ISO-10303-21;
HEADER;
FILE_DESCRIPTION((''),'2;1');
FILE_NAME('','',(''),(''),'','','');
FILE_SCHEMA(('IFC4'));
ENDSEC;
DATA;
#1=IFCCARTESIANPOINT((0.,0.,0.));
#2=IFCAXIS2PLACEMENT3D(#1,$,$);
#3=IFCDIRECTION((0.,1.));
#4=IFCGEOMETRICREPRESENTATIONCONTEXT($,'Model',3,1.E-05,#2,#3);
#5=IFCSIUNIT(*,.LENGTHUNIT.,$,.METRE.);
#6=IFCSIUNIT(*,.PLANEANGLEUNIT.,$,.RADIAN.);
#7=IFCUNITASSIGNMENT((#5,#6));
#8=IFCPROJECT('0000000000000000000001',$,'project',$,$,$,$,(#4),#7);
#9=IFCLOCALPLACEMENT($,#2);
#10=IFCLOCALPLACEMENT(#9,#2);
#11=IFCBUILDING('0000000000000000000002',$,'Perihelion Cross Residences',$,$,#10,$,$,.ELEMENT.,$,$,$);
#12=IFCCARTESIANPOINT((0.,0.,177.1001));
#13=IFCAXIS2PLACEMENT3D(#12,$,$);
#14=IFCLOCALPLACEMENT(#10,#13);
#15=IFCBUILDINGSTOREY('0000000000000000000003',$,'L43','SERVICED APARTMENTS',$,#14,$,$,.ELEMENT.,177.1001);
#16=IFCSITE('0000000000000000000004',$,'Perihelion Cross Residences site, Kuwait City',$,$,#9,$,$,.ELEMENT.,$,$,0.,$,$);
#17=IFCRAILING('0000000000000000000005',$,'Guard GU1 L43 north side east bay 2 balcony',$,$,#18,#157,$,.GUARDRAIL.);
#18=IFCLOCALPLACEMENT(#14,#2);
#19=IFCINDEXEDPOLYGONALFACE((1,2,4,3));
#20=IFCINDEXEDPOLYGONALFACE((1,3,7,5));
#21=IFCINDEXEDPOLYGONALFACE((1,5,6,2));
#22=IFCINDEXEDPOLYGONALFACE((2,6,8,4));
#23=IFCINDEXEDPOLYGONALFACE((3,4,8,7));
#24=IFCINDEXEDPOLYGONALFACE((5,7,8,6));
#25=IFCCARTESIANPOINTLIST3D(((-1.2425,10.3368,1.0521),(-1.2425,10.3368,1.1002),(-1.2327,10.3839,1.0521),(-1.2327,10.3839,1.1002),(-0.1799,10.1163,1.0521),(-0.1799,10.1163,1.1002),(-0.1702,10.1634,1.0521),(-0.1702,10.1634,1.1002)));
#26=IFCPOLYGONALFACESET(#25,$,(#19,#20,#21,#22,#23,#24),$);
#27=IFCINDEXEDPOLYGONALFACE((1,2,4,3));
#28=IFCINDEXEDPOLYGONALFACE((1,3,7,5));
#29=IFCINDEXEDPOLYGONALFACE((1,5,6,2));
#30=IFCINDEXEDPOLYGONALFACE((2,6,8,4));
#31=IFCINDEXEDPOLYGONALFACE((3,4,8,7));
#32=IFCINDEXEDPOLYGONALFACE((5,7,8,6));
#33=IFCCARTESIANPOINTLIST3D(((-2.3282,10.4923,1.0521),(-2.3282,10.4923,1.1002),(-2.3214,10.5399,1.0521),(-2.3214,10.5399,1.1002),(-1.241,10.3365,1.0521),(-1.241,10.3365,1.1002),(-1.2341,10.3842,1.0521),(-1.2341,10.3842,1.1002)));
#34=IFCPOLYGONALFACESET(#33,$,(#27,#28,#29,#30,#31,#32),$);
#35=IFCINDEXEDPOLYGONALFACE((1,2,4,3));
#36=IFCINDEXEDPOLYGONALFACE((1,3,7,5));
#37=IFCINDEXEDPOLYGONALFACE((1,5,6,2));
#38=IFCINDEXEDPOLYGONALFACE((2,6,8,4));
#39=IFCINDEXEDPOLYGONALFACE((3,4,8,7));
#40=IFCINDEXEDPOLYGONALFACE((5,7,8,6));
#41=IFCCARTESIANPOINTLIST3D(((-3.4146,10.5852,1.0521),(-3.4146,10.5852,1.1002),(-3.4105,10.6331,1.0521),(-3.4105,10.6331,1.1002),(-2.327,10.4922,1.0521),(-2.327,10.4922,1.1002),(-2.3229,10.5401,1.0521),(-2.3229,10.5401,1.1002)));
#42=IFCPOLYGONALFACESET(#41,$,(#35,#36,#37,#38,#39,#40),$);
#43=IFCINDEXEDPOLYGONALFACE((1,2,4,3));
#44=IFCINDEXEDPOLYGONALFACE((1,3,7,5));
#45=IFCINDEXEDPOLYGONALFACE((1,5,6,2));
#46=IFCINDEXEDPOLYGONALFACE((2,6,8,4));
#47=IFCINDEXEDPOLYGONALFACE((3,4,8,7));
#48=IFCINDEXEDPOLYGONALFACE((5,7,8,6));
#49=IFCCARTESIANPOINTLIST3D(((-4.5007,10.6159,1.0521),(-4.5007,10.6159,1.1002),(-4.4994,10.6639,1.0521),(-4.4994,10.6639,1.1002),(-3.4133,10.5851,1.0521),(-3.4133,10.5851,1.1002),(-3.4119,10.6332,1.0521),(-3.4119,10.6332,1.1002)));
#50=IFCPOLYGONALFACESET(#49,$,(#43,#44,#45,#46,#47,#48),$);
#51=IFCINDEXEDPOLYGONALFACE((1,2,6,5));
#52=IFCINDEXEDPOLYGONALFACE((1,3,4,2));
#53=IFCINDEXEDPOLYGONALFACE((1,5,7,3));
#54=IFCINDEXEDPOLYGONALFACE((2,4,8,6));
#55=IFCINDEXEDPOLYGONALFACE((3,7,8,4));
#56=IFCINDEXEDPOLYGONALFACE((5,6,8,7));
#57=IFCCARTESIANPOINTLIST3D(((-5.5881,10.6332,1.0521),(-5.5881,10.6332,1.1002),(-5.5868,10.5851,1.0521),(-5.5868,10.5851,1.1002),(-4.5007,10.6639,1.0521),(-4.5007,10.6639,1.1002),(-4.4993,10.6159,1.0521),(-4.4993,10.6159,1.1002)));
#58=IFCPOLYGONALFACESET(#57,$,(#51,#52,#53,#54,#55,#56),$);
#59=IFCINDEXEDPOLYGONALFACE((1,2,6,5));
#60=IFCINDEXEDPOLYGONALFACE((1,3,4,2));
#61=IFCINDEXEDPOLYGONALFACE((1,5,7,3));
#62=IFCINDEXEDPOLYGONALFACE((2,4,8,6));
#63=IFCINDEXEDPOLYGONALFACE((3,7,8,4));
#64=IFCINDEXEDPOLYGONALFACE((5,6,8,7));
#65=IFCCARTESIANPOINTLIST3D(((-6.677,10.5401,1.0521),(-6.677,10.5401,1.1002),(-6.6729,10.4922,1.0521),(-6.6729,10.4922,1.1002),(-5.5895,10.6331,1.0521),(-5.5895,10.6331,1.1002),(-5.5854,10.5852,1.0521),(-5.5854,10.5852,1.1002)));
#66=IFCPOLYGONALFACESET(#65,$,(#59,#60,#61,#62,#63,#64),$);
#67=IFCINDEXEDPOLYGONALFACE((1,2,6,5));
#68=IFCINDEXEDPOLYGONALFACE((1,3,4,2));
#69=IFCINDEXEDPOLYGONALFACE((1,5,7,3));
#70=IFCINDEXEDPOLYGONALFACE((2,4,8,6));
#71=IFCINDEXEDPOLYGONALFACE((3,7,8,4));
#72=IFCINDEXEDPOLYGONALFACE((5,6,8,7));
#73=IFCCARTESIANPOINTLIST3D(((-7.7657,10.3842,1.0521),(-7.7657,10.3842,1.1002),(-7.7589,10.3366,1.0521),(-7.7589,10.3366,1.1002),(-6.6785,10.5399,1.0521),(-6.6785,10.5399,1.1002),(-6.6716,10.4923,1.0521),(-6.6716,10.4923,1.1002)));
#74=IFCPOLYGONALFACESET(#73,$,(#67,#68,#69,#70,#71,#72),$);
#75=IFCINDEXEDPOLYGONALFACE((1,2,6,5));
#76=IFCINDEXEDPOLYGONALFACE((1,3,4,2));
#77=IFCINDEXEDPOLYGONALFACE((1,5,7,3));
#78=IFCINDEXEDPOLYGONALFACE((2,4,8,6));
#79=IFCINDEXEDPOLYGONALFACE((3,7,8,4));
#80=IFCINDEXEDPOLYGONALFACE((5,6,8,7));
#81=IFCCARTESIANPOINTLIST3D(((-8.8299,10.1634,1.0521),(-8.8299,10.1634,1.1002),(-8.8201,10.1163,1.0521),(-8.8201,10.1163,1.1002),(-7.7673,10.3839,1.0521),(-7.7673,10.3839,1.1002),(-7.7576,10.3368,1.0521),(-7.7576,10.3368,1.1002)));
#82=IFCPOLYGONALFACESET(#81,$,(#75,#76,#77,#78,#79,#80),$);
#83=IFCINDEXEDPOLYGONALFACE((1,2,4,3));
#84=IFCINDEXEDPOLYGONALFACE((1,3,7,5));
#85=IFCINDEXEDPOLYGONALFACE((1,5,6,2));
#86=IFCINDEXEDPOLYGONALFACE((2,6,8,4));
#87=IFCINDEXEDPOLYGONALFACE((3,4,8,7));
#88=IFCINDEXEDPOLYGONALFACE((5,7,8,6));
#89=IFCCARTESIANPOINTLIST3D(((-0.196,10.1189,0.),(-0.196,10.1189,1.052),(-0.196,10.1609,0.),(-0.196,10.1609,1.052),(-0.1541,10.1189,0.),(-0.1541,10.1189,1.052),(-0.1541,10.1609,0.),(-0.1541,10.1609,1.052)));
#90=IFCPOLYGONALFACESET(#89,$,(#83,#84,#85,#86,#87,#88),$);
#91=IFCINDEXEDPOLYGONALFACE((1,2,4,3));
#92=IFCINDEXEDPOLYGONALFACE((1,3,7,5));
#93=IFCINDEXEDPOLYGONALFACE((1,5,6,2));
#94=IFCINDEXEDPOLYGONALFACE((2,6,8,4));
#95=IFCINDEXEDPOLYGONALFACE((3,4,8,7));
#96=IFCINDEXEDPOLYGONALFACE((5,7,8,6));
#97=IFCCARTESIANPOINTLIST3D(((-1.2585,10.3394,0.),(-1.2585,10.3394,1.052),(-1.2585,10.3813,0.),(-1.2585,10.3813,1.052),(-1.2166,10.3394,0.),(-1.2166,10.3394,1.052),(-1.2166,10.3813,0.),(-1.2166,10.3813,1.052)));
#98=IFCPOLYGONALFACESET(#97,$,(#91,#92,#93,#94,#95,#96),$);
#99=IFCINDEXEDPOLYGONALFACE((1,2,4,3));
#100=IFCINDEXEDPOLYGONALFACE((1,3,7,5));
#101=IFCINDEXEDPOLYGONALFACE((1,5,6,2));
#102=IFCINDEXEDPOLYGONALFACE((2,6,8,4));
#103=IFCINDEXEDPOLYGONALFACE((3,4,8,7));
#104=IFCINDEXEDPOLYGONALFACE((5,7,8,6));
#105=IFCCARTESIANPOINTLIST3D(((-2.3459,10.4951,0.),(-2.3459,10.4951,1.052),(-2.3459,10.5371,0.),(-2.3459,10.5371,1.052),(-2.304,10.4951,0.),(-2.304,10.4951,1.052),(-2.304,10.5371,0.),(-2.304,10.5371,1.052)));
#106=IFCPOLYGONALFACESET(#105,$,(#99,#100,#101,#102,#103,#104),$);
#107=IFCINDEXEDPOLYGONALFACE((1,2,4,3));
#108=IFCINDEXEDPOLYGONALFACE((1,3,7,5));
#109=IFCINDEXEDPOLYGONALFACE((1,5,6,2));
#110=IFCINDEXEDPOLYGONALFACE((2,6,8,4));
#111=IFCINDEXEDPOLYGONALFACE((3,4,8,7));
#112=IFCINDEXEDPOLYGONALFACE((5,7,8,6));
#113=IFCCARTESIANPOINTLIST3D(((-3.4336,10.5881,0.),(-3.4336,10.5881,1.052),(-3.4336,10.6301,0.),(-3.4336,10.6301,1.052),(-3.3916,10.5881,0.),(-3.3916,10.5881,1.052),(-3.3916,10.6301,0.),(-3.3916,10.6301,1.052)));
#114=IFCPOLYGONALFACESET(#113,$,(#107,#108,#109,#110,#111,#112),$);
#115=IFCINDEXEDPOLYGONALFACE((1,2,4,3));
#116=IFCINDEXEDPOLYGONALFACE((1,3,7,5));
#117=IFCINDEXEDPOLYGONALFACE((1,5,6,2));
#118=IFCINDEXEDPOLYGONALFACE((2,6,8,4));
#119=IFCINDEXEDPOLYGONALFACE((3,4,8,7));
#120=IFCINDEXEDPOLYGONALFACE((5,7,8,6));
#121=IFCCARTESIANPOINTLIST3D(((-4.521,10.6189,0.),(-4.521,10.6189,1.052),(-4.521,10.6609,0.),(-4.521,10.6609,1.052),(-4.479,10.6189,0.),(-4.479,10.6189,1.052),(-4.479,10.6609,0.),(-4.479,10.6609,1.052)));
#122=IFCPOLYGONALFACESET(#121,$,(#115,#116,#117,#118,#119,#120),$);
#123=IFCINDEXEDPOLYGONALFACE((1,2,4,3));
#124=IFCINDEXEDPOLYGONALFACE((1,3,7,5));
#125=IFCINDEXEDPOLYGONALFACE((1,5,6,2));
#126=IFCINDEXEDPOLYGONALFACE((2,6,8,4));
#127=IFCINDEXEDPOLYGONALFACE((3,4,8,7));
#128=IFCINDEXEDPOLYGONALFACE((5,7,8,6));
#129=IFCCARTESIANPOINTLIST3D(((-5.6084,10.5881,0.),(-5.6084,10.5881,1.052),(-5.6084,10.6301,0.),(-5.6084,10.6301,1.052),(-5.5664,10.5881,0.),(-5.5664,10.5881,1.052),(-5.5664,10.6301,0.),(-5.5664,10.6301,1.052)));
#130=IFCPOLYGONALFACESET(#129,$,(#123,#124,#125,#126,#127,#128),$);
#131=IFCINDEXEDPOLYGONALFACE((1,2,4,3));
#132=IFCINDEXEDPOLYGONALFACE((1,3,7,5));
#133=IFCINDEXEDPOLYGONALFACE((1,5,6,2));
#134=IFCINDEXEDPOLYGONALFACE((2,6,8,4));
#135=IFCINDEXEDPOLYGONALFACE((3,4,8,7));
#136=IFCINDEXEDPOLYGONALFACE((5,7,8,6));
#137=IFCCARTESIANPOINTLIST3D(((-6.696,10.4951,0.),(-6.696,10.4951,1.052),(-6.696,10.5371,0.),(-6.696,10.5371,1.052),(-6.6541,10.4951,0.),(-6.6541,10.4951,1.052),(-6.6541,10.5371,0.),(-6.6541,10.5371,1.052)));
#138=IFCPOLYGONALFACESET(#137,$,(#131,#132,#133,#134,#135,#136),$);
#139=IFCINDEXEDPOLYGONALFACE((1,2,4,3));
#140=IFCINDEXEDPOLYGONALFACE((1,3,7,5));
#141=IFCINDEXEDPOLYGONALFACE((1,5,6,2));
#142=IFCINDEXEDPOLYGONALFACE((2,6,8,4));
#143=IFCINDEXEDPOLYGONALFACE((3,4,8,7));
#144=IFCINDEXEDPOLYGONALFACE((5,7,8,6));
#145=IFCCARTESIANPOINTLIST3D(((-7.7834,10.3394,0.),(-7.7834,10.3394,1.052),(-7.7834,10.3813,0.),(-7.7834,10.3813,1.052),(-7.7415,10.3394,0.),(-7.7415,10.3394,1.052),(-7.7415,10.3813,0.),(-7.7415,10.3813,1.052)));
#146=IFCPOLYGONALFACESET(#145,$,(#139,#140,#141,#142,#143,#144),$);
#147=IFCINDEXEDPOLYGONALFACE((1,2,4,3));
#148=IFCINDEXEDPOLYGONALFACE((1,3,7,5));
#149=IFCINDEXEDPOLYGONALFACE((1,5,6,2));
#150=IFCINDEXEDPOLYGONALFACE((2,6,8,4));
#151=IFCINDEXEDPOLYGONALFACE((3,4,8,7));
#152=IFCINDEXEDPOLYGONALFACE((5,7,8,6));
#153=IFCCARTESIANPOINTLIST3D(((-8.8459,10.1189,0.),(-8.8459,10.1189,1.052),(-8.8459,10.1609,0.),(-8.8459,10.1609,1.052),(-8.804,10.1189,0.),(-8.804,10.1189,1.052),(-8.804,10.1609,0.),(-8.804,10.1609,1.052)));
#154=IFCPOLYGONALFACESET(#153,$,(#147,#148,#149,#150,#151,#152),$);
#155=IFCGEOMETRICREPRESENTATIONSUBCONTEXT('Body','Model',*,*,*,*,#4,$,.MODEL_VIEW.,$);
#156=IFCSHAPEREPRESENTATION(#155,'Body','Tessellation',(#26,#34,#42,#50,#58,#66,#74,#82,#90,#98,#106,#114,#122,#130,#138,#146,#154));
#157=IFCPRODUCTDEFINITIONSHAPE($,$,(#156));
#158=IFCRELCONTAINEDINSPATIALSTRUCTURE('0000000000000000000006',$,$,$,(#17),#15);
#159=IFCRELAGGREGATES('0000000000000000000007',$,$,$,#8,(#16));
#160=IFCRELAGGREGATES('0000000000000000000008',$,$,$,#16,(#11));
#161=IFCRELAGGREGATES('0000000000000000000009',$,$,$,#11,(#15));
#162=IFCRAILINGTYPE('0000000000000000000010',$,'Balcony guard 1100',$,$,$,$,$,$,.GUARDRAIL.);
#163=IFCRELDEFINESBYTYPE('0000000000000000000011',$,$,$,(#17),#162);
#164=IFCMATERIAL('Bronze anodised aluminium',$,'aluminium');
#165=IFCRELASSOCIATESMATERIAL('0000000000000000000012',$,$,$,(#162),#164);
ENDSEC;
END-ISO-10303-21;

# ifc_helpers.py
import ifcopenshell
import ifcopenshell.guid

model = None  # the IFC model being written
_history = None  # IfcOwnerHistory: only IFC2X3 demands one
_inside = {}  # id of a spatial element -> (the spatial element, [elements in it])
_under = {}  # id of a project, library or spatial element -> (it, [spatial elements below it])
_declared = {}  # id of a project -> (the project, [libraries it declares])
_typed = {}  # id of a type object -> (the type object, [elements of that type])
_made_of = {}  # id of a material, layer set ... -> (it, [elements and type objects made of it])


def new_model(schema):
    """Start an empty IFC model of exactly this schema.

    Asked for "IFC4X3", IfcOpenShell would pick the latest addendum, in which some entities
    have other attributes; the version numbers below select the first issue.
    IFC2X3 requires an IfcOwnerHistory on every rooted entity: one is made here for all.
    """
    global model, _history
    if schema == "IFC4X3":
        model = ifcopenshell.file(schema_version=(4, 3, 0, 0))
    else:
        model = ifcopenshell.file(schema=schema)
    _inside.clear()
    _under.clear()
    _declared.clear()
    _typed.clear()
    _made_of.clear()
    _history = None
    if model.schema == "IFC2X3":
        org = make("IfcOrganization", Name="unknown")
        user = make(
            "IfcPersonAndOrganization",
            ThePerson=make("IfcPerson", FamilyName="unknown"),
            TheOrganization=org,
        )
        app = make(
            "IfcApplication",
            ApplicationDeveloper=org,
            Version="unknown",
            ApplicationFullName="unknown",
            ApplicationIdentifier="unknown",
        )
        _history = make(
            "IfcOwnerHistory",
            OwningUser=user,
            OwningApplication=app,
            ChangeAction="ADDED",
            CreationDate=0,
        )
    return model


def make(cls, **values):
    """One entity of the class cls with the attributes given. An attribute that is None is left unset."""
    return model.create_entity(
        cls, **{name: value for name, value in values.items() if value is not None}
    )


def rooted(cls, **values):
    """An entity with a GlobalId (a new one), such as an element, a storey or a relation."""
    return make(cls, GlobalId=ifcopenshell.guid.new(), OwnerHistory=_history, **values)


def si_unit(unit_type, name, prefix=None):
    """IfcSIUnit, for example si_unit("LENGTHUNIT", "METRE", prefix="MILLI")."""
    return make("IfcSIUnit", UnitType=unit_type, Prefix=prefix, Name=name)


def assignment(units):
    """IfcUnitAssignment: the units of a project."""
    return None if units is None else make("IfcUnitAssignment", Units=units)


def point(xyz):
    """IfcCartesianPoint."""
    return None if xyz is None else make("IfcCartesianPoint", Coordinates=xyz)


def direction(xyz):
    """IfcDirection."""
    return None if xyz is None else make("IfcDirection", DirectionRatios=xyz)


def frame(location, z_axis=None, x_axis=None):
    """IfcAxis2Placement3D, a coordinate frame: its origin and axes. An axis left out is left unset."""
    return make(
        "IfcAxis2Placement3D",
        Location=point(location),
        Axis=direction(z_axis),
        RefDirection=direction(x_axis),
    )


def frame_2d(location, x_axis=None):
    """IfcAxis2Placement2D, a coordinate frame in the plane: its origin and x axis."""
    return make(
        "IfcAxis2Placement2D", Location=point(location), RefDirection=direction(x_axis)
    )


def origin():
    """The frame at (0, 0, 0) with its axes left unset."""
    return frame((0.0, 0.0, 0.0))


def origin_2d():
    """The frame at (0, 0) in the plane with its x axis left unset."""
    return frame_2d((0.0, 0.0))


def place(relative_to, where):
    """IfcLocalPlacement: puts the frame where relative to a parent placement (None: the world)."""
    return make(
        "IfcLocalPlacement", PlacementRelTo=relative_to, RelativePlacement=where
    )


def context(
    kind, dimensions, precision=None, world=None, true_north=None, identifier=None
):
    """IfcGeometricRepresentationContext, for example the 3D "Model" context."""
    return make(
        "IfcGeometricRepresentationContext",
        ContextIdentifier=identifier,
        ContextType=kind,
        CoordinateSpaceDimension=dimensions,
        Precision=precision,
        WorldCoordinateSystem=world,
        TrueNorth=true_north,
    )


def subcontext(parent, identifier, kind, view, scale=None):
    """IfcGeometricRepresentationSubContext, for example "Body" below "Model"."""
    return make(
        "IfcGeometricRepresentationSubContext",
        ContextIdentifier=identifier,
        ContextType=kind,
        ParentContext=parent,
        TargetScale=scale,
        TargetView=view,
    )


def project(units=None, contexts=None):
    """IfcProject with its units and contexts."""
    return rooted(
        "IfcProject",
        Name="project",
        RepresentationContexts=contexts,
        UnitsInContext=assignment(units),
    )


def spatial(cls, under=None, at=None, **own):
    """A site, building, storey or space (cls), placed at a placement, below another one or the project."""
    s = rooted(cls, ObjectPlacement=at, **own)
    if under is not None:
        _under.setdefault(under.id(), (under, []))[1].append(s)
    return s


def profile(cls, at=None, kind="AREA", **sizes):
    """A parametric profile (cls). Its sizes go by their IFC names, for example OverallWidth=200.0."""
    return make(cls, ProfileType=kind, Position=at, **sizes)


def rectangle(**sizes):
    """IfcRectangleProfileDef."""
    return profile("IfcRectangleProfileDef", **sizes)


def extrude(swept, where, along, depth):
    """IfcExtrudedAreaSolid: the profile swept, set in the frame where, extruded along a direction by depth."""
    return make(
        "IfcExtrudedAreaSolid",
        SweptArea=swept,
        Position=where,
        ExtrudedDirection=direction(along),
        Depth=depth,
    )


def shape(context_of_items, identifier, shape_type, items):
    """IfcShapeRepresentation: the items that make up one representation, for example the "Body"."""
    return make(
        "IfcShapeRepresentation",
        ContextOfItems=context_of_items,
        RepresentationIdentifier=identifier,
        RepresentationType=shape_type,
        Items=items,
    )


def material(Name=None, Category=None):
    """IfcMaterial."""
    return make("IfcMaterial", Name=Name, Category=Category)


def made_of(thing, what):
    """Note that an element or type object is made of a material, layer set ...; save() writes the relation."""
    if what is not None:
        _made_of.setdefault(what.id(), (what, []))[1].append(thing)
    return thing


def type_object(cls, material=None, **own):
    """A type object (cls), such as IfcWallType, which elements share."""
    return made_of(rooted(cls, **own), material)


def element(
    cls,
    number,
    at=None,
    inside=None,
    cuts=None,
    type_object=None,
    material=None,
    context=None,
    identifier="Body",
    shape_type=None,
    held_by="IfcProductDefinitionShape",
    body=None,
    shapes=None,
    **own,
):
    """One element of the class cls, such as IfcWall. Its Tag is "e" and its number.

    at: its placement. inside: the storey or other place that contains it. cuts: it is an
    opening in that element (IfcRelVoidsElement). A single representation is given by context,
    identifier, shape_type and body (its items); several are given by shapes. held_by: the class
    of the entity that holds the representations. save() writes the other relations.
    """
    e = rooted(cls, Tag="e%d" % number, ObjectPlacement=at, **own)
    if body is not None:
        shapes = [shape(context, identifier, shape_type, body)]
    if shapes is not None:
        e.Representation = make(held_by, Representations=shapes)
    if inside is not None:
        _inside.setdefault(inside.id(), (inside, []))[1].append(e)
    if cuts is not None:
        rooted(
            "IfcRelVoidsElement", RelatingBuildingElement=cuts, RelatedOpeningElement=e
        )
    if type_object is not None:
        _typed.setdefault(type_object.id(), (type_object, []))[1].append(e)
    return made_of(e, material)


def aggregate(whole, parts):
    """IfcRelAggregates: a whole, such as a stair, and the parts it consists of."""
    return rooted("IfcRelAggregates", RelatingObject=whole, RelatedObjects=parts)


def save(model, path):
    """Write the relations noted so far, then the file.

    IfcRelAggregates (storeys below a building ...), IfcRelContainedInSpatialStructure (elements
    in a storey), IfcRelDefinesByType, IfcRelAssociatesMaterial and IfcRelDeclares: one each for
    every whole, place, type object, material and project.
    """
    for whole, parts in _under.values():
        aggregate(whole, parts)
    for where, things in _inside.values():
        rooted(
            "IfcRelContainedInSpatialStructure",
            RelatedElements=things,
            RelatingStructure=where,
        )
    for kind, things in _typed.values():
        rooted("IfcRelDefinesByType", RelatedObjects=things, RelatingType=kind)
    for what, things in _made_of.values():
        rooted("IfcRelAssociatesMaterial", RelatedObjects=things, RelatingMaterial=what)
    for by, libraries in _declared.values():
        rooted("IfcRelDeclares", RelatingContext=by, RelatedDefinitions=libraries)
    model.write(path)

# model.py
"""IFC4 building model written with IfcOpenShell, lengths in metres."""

from ifc_helpers import new_model, si_unit, direction, frame, origin, origin_2d, place, context, subcontext, project, spatial, rectangle, extrude, material, type_object, element, save


model = new_model("IFC4")

# Units and contexts
model_context = context("Model", 3, precision=1e-05, world=origin(), true_north=direction((0.0, 1.0)))
body_context = subcontext(model_context, "Body", "Model", "MODEL_VIEW")
ifc_project = project(units=[si_unit("LENGTHUNIT", "METRE"), si_unit("PLANEANGLEUNIT", "RADIAN")], contexts=[model_context])

# Site, building, storey
site_placement = place(None, origin())
site = spatial("IfcSite", under=ifc_project, at=site_placement, Name="Perihelion Cross Residences site, Kuwait City", CompositionType="ELEMENT", RefElevation=0.0)
building_placement = place(site_placement, origin())
building = spatial("IfcBuilding", under=site, at=building_placement, Name="Perihelion Cross Residences", CompositionType="ELEMENT")
storey_placement = place(building_placement, frame((0.0, 0.0, 177.1001)))
storey = spatial("IfcBuildingStorey", under=building, at=storey_placement, Name="L43", Description="SERVICED APARTMENTS", CompositionType="ELEMENT", Elevation=177.1001)

# Railing
ifc_material_1 = material(Name="Bronze anodised aluminium", Category="aluminium")
railing_type = type_object("IfcRailingType", Name="Balcony guard 1100", PredefinedType="GUARDRAIL", material=ifc_material_1)
railing_1_placement = place(storey_placement, frame((-0.175, 10.1399, 0.0)))
element("IfcRailing", 1, at=railing_1_placement, inside=storey, type_object=railing_type, Name="Guard GU1 L43 north side east bay 2 balcony", PredefinedType="GUARDRAIL", context=body_context, shape_type="SweptSolid", body=[
    extrude(rectangle(XDim=0.0481, YDim=0.0481, at=origin_2d()), frame((0.0, 0.0, 1.0762), z_axis=(-0.979145, 0.203164, 0.0), x_axis=(-0.203164, -0.979145, 0.0)), (0.0, 0.0, 1.0), 1.0852),
    extrude(rectangle(XDim=0.0481, YDim=0.0481, at=origin_2d()), frame((-1.0625, 0.2205, 1.0762), z_axis=(-0.989896, 0.141795, 0.0), x_axis=(-0.141795, -0.989896, 0.0)), (0.0, 0.0, 1.0), 1.0984),
    extrude(rectangle(XDim=0.0481, YDim=0.0481, at=origin_2d()), frame((-2.1499, 0.3762, 1.0762), z_axis=(-0.996363, 0.085211, 0.0), x_axis=(-0.085211, -0.996363, 0.0)), (0.0, 0.0, 1.0), 1.0916),
    extrude(rectangle(XDim=0.0481, YDim=0.0481, at=origin_2d()), frame((-3.2375, 0.4692, 1.0762), z_axis=(-0.9996, 0.028278, 0.0), x_axis=(-0.028278, -0.9996, 0.0)), (0.0, 0.0, 1.0), 1.0879),
    extrude(rectangle(XDim=0.0481, YDim=0.0481, at=origin_2d()), frame((-4.325, 0.5, 1.0762), z_axis=(-0.9996, -0.028278, 0.0), x_axis=(0.028278, -0.9996, 0.0)), (0.0, 0.0, 1.0), 1.0879),
    extrude(rectangle(XDim=0.0481, YDim=0.0481, at=origin_2d()), frame((-5.4124, 0.4692, 1.0762), z_axis=(-0.996363, -0.085211, 0.0), x_axis=(0.085211, -0.996363, 0.0)), (0.0, 0.0, 1.0), 1.0916),
    extrude(rectangle(XDim=0.0481, YDim=0.0481, at=origin_2d()), frame((-6.5, 0.3762, 1.0762), z_axis=(-0.989896, -0.141795, 0.0), x_axis=(0.141795, -0.989896, 0.0)), (0.0, 0.0, 1.0), 1.0984),
    extrude(rectangle(XDim=0.0481, YDim=0.0481, at=origin_2d()), frame((-7.5874, 0.2205, 1.0762), z_axis=(-0.979145, -0.203164, 0.0), x_axis=(0.203164, -0.979145, 0.0)), (0.0, 0.0, 1.0), 1.0852),
    extrude(rectangle(XDim=0.042, YDim=0.042, at=origin_2d()), origin(), (0.0, 0.0, 1.0), 1.052),
    extrude(rectangle(XDim=0.042, YDim=0.042, at=origin_2d()), frame((-1.0625, 0.2205, 0.0)), (0.0, 0.0, 1.0), 1.052),
    extrude(rectangle(XDim=0.042, YDim=0.042, at=origin_2d()), frame((-2.1499, 0.3762, 0.0)), (0.0, 0.0, 1.0), 1.052),
    extrude(rectangle(XDim=0.042, YDim=0.042, at=origin_2d()), frame((-3.2375, 0.4692, 0.0)), (0.0, 0.0, 1.0), 1.052),
    extrude(rectangle(XDim=0.042, YDim=0.042, at=origin_2d()), frame((-4.325, 0.5, 0.0)), (0.0, 0.0, 1.0), 1.052),
    extrude(rectangle(XDim=0.042, YDim=0.042, at=origin_2d()), frame((-5.4124, 0.4692, 0.0)), (0.0, 0.0, 1.0), 1.052),
    extrude(rectangle(XDim=0.042, YDim=0.042, at=origin_2d()), frame((-6.5, 0.3762, 0.0)), (0.0, 0.0, 1.0), 1.052),
    extrude(rectangle(XDim=0.042, YDim=0.042, at=origin_2d()), frame((-7.5874, 0.2205, 0.0)), (0.0, 0.0, 1.0), 1.052),
    extrude(rectangle(XDim=0.042, YDim=0.042, at=origin_2d()), frame((-8.6499, 0.0, 0.0)), (0.0, 0.0, 1.0), 1.052),
])

save(model, "model.ifc")
